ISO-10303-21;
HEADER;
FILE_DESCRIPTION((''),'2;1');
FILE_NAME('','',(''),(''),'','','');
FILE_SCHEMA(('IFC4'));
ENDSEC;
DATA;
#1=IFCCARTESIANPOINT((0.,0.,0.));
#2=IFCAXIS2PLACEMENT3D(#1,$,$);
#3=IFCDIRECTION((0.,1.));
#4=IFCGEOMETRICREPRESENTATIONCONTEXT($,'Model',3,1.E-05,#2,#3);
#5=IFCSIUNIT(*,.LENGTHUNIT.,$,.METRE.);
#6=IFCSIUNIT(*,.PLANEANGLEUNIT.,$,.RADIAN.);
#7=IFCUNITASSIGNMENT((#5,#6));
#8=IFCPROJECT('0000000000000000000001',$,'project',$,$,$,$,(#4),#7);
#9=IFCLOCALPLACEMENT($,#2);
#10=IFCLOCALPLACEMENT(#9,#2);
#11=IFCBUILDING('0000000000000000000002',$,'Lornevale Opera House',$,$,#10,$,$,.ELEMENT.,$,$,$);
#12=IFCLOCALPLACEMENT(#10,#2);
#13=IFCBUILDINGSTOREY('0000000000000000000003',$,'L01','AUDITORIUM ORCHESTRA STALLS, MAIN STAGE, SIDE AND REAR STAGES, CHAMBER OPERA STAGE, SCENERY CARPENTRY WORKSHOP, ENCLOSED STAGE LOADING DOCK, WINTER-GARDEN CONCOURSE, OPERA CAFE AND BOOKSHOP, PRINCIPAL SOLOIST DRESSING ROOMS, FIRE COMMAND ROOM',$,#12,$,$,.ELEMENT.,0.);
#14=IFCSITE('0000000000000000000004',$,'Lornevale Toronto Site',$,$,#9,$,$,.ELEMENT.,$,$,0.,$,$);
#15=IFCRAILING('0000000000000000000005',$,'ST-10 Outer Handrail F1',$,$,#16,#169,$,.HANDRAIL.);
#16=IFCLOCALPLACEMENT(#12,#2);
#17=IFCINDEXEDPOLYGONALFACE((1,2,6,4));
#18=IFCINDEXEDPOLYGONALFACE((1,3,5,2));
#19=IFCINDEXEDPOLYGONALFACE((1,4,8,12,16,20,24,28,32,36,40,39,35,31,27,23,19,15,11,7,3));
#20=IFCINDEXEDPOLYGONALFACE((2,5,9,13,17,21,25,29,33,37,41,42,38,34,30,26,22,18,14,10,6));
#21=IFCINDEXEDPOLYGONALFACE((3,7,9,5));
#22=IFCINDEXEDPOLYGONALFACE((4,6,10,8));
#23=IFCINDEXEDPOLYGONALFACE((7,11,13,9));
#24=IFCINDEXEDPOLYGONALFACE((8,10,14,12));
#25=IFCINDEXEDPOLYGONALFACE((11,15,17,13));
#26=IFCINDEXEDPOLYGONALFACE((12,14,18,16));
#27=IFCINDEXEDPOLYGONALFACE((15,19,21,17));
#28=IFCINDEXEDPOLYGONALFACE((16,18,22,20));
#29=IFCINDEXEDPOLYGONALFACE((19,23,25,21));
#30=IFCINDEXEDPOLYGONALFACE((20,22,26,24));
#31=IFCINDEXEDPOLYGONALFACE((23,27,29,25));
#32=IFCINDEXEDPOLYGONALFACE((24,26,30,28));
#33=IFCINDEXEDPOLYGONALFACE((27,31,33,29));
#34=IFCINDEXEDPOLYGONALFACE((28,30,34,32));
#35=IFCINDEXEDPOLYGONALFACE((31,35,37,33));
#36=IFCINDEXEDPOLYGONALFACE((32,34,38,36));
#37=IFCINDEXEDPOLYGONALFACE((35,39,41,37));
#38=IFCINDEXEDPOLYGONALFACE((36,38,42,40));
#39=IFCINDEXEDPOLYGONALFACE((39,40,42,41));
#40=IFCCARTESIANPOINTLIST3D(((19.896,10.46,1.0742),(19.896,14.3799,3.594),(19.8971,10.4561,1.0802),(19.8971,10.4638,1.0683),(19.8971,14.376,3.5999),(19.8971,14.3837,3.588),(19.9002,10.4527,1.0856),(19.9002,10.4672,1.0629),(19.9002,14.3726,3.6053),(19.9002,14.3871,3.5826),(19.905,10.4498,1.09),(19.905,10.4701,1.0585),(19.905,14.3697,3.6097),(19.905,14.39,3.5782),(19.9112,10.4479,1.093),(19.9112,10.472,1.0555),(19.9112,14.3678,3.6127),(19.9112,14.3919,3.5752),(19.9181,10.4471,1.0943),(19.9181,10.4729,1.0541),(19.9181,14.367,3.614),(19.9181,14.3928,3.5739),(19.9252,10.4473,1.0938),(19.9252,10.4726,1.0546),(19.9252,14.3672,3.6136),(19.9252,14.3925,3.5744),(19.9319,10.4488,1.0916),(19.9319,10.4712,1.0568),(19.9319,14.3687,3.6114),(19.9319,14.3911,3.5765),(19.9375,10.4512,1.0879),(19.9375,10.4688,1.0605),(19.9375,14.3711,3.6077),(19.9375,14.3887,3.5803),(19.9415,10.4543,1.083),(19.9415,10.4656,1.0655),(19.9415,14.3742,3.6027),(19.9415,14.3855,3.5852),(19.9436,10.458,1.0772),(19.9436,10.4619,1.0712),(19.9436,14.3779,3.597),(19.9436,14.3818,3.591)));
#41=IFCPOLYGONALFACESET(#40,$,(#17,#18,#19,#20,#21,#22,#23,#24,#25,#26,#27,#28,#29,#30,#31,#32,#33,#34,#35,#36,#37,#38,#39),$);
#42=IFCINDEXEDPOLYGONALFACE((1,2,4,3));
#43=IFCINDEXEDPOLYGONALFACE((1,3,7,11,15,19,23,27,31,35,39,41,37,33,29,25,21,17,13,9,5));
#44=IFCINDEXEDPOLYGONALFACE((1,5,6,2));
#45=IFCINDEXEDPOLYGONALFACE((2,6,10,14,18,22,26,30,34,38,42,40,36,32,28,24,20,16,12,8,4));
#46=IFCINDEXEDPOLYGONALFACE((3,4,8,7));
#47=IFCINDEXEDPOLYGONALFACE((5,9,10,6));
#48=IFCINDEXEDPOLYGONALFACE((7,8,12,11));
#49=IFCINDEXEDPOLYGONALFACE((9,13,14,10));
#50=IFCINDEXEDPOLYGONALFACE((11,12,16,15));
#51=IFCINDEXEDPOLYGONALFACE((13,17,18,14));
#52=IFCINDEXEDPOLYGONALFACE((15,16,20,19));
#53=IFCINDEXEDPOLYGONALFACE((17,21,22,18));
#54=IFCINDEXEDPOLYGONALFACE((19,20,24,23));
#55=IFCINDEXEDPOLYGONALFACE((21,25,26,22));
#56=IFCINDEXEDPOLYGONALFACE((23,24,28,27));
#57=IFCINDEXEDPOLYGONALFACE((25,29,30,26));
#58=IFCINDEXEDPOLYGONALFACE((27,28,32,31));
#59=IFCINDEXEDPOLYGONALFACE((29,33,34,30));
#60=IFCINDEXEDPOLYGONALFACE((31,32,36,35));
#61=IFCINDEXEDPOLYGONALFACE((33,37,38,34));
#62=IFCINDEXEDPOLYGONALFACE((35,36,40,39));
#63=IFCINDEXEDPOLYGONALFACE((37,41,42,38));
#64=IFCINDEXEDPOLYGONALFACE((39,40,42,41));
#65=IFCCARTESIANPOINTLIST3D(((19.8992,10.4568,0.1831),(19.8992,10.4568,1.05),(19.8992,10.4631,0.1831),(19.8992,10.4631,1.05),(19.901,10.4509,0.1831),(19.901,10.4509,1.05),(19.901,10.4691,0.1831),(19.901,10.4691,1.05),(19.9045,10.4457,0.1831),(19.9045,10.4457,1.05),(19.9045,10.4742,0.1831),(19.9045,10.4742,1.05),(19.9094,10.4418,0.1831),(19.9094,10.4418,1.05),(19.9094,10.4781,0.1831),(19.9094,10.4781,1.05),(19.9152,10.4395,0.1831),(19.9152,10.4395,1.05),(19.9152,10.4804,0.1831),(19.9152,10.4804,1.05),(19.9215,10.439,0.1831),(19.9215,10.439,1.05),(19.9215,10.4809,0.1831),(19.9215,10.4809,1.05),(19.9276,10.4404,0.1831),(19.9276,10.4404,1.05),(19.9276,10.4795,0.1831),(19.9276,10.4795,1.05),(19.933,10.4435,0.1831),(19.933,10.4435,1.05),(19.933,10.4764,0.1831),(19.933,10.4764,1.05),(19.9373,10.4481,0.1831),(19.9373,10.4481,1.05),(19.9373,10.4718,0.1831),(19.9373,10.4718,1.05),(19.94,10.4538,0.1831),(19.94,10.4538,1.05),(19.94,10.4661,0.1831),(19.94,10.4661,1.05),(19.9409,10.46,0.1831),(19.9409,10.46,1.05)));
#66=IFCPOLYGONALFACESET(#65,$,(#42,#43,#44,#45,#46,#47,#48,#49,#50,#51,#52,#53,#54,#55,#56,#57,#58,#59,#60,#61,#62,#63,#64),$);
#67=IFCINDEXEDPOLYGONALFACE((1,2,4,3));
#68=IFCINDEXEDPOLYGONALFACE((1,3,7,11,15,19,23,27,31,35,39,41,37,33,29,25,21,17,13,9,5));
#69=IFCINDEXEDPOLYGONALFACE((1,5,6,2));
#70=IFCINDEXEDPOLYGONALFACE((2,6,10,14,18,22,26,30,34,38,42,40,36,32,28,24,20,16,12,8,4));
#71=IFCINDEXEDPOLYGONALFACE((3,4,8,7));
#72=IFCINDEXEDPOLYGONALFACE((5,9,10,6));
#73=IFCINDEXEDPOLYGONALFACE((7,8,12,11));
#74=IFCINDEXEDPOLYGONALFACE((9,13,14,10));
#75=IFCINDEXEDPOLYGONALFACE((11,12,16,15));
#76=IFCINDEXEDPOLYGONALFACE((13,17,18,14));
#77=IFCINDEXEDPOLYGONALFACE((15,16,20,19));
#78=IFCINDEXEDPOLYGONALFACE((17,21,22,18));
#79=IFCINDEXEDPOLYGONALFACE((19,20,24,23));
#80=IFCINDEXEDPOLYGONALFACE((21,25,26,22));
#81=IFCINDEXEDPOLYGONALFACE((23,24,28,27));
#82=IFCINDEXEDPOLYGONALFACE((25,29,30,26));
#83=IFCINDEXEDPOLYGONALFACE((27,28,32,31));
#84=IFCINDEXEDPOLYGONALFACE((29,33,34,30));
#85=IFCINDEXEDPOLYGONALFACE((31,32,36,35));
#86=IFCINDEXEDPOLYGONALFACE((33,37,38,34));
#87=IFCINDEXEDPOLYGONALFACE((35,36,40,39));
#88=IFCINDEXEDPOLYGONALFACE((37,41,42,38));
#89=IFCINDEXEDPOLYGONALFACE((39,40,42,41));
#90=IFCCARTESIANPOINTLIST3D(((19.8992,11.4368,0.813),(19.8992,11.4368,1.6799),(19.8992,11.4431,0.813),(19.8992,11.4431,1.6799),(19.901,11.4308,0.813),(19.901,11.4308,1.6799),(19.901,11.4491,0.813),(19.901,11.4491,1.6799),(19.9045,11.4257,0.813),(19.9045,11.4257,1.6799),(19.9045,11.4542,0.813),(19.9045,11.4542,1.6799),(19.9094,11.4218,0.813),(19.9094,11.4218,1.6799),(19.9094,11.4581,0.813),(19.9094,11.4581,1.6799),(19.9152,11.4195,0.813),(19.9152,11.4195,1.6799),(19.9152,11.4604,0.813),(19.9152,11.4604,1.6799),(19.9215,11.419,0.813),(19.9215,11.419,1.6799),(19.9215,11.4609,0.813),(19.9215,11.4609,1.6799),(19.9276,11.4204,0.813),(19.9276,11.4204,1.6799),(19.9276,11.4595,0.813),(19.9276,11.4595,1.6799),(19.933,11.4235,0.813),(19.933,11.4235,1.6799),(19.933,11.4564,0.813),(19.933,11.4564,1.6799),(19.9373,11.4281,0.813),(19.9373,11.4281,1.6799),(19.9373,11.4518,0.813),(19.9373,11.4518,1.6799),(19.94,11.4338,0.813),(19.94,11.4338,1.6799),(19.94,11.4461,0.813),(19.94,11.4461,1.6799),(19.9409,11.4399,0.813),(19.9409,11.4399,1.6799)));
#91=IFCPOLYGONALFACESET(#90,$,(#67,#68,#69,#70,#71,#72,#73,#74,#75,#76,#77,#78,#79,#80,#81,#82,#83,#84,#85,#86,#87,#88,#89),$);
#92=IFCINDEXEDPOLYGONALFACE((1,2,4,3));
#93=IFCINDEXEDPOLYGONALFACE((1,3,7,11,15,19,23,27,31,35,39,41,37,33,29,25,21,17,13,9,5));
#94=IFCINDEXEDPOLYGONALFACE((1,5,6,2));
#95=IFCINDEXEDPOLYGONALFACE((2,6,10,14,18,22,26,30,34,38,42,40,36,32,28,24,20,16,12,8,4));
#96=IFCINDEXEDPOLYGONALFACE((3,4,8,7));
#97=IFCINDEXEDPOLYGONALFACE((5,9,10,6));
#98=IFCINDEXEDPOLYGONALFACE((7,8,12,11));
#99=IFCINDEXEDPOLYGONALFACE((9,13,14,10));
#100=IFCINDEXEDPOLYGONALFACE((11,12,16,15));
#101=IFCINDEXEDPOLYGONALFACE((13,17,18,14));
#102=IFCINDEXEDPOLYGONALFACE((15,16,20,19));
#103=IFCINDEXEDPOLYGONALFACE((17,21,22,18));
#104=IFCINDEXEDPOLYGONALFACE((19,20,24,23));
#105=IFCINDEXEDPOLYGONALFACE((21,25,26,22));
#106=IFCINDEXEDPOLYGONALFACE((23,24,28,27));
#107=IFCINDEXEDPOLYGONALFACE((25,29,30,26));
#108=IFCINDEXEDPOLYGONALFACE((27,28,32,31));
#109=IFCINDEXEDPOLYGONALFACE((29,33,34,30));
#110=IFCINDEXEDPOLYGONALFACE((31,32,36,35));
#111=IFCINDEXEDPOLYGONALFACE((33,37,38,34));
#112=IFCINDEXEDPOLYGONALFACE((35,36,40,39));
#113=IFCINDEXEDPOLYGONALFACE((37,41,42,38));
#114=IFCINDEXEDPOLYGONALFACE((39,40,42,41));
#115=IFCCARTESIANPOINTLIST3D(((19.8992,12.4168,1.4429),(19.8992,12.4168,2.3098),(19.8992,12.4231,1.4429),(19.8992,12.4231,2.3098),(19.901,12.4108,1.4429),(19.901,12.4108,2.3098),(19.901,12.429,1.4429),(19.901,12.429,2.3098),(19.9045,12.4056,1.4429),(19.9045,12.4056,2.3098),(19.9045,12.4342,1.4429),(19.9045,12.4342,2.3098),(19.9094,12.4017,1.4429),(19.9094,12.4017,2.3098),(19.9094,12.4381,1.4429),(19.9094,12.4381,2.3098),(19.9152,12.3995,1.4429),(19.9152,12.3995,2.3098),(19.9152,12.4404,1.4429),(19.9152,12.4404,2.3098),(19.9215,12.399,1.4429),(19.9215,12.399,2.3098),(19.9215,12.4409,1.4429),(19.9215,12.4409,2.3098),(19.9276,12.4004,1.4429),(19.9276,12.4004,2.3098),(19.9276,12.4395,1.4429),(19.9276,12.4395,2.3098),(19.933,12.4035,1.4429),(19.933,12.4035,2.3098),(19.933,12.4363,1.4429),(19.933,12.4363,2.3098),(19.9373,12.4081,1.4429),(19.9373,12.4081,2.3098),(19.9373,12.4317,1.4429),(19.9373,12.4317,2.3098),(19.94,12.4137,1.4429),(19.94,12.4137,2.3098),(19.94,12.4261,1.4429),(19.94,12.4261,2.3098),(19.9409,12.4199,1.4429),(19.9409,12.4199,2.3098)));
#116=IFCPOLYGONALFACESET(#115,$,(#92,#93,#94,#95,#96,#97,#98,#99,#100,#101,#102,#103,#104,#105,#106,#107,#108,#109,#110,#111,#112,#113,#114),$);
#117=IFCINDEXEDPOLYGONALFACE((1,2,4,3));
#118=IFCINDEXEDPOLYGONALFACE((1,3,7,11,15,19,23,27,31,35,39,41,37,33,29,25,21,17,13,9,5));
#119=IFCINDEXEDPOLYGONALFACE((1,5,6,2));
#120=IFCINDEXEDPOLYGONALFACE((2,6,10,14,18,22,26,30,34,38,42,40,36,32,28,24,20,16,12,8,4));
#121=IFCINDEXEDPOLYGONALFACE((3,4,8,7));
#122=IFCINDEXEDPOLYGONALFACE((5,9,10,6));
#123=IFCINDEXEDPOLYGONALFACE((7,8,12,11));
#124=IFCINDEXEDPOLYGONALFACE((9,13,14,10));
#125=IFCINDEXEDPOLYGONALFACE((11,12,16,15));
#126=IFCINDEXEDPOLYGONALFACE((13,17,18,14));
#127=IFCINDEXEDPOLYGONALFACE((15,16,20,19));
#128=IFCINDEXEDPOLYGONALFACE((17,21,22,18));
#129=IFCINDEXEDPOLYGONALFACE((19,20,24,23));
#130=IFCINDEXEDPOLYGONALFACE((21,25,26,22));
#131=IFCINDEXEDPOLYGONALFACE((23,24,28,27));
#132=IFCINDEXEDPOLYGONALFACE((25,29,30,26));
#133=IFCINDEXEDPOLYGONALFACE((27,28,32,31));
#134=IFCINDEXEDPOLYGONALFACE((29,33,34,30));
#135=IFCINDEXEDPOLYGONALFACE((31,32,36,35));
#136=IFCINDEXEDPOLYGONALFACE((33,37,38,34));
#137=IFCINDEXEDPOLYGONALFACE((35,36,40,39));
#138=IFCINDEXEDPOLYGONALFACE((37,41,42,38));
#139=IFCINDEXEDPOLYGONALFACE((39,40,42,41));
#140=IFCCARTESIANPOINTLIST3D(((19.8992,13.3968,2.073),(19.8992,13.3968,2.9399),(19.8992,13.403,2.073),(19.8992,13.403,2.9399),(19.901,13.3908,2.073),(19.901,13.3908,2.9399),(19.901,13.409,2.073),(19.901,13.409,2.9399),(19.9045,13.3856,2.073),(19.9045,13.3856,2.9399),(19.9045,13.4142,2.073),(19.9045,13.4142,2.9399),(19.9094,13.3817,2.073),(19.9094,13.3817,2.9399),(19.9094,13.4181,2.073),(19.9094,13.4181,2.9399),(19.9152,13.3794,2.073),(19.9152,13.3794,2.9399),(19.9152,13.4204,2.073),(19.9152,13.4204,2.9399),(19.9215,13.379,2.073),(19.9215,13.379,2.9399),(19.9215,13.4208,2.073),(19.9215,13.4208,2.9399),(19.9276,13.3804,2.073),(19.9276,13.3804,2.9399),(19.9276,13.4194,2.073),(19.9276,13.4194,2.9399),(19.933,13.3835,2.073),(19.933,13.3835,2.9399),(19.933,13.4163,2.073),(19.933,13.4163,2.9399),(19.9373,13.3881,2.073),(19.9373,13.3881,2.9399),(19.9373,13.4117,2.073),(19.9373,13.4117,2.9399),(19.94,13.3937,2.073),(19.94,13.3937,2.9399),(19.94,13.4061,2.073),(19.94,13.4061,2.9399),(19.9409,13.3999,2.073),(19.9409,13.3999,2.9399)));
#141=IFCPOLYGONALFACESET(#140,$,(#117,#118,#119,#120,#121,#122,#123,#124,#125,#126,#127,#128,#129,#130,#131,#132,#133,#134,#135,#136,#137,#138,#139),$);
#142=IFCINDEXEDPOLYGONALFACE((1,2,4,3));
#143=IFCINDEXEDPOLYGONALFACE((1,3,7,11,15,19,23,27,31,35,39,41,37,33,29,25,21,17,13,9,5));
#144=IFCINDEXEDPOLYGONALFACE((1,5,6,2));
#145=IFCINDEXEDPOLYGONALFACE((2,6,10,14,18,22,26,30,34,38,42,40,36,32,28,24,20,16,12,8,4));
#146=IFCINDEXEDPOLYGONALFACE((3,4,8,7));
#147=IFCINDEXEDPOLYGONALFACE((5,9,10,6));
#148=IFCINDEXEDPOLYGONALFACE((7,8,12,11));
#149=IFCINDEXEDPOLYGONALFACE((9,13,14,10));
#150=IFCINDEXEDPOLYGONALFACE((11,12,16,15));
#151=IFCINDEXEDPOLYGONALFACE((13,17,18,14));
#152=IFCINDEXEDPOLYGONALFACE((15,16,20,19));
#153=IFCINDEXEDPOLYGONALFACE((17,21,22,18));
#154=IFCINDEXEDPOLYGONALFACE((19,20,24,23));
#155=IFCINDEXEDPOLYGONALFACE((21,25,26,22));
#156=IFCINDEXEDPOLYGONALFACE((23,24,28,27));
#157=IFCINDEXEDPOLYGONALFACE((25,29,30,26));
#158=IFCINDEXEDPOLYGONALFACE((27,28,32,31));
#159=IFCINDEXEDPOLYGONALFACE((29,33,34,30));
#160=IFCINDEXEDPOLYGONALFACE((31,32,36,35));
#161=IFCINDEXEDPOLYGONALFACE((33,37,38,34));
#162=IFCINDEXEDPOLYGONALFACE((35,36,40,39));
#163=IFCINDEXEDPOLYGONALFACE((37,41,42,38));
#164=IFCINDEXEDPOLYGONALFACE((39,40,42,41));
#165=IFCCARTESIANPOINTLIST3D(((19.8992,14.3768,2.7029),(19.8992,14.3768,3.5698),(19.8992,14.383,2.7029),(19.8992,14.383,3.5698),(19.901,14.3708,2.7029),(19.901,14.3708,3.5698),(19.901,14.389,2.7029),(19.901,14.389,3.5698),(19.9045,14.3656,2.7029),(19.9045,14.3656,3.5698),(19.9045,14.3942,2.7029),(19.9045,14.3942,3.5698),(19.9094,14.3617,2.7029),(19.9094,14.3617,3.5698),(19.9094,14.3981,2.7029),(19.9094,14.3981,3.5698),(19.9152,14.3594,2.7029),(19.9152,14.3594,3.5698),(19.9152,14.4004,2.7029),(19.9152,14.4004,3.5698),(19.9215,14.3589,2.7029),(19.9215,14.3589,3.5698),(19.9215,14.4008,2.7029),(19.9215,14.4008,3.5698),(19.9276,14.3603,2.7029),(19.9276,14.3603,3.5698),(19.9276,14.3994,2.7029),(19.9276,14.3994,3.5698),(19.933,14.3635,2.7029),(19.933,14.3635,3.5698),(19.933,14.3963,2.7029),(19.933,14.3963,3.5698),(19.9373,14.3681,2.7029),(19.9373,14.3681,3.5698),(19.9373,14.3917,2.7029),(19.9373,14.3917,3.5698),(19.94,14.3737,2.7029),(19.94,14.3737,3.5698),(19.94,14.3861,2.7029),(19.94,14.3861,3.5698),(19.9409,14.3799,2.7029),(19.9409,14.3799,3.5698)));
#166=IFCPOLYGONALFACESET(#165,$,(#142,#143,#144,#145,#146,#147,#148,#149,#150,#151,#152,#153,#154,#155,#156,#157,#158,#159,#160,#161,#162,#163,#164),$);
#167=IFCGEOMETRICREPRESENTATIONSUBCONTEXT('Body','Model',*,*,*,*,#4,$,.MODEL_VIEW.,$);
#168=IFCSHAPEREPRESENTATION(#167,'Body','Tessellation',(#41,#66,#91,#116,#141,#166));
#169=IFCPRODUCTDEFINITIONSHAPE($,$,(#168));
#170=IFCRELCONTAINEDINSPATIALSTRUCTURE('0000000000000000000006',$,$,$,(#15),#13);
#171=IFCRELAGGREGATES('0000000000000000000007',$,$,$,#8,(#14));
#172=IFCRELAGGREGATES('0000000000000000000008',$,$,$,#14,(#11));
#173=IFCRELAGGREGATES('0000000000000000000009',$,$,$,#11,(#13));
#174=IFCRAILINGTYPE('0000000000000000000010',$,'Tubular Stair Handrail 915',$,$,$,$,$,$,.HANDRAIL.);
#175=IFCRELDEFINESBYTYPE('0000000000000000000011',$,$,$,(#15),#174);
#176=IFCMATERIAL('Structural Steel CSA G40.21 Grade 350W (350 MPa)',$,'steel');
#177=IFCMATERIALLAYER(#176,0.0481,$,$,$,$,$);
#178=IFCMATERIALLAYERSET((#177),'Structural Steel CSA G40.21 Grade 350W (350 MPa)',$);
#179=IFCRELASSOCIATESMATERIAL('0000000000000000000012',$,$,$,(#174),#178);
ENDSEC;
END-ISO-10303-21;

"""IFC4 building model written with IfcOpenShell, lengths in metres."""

from ifc_helpers import new_model, si_unit, direction, frame, origin, origin_2d, place, context, subcontext, project, spatial, circle, extrude, material, layer, layer_set, type_object, element, save


model = new_model("IFC4")

# Units and contexts
model_context = context("Model", 3, precision=1e-05, world=origin(), true_north=direction((0.0, 1.0)))
body_context = subcontext(model_context, "Body", "Model", "MODEL_VIEW")
ifc_project = project(units=[si_unit("LENGTHUNIT", "METRE"), si_unit("PLANEANGLEUNIT", "RADIAN")], contexts=[model_context])

# Site, building, storey
site_placement = place(None, origin())
site = spatial("IfcSite", under=ifc_project, at=site_placement, Name="Lornevale Toronto Site", CompositionType="ELEMENT", RefElevation=0.0)
building_placement = place(site_placement, origin())
building = spatial("IfcBuilding", under=site, at=building_placement, Name="Lornevale Opera House", CompositionType="ELEMENT")
storey_placement = place(building_placement, origin())
storey = spatial("IfcBuildingStorey", under=building, at=storey_placement, Name="L01", Description="AUDITORIUM ORCHESTRA STALLS, MAIN STAGE, SIDE AND REAR STAGES, CHAMBER OPERA STAGE, SCENERY CARPENTRY WORKSHOP, ENCLOSED STAGE LOADING DOCK, WINTER-GARDEN CONCOURSE, OPERA CAFE AND BOOKSHOP, PRINCIPAL SOLOIST DRESSING ROOMS, FIRE COMMAND ROOM", CompositionType="ELEMENT", Elevation=0.0)

# Railing
ifc_material_1 = material(Name="Structural Steel CSA G40.21 Grade 350W (350 MPa)", Category="steel")
ifc_layer_1 = layer(ifc_material_1, 0.0481)
ifc_layer_set_1 = layer_set([ifc_layer_1], Name="Structural Steel CSA G40.21 Grade 350W (350 MPa)")
railing_type_1 = type_object("IfcRailingType", Name="Tubular Stair Handrail 915", PredefinedType="HANDRAIL", material=ifc_layer_set_1)
railing_1_placement = place(storey_placement, frame((19.9199, 10.46, 0.1831)))
element("IfcRailing", 1, at=railing_1_placement, inside=storey, type_object=railing_type_1, Name="ST-10 Outer Handrail F1", PredefinedType="HANDRAIL", context=body_context, shape_type="SweptSolid", body=[
    extrude(circle(Radius=0.0239, at=origin_2d()), frame((0.0, 0.0, 0.8911), z_axis=(0.0, 0.841195, 0.540731), x_axis=(-1.0, 0.0, 0.0)), (0.0, 0.0, 1.0), 4.6599),
    extrude(circle(Radius=0.021, at=origin_2d()), origin(), (0.0, 0.0, 1.0), 0.8669),
    extrude(circle(Radius=0.021, at=origin_2d()), frame((0.0, 0.98, 0.6299)), (0.0, 0.0, 1.0), 0.8669),
    extrude(circle(Radius=0.021, at=origin_2d()), frame((0.0, 1.96, 1.2598)), (0.0, 0.0, 1.0), 0.8669),
    extrude(circle(Radius=0.021, at=origin_2d()), frame((0.0, 2.9399, 1.8899)), (0.0, 0.0, 1.0), 0.8669),
    extrude(circle(Radius=0.021, at=origin_2d()), frame((0.0, 3.9199, 2.5198)), (0.0, 0.0, 1.0), 0.8669),
])

save(model, "model.ifc")
